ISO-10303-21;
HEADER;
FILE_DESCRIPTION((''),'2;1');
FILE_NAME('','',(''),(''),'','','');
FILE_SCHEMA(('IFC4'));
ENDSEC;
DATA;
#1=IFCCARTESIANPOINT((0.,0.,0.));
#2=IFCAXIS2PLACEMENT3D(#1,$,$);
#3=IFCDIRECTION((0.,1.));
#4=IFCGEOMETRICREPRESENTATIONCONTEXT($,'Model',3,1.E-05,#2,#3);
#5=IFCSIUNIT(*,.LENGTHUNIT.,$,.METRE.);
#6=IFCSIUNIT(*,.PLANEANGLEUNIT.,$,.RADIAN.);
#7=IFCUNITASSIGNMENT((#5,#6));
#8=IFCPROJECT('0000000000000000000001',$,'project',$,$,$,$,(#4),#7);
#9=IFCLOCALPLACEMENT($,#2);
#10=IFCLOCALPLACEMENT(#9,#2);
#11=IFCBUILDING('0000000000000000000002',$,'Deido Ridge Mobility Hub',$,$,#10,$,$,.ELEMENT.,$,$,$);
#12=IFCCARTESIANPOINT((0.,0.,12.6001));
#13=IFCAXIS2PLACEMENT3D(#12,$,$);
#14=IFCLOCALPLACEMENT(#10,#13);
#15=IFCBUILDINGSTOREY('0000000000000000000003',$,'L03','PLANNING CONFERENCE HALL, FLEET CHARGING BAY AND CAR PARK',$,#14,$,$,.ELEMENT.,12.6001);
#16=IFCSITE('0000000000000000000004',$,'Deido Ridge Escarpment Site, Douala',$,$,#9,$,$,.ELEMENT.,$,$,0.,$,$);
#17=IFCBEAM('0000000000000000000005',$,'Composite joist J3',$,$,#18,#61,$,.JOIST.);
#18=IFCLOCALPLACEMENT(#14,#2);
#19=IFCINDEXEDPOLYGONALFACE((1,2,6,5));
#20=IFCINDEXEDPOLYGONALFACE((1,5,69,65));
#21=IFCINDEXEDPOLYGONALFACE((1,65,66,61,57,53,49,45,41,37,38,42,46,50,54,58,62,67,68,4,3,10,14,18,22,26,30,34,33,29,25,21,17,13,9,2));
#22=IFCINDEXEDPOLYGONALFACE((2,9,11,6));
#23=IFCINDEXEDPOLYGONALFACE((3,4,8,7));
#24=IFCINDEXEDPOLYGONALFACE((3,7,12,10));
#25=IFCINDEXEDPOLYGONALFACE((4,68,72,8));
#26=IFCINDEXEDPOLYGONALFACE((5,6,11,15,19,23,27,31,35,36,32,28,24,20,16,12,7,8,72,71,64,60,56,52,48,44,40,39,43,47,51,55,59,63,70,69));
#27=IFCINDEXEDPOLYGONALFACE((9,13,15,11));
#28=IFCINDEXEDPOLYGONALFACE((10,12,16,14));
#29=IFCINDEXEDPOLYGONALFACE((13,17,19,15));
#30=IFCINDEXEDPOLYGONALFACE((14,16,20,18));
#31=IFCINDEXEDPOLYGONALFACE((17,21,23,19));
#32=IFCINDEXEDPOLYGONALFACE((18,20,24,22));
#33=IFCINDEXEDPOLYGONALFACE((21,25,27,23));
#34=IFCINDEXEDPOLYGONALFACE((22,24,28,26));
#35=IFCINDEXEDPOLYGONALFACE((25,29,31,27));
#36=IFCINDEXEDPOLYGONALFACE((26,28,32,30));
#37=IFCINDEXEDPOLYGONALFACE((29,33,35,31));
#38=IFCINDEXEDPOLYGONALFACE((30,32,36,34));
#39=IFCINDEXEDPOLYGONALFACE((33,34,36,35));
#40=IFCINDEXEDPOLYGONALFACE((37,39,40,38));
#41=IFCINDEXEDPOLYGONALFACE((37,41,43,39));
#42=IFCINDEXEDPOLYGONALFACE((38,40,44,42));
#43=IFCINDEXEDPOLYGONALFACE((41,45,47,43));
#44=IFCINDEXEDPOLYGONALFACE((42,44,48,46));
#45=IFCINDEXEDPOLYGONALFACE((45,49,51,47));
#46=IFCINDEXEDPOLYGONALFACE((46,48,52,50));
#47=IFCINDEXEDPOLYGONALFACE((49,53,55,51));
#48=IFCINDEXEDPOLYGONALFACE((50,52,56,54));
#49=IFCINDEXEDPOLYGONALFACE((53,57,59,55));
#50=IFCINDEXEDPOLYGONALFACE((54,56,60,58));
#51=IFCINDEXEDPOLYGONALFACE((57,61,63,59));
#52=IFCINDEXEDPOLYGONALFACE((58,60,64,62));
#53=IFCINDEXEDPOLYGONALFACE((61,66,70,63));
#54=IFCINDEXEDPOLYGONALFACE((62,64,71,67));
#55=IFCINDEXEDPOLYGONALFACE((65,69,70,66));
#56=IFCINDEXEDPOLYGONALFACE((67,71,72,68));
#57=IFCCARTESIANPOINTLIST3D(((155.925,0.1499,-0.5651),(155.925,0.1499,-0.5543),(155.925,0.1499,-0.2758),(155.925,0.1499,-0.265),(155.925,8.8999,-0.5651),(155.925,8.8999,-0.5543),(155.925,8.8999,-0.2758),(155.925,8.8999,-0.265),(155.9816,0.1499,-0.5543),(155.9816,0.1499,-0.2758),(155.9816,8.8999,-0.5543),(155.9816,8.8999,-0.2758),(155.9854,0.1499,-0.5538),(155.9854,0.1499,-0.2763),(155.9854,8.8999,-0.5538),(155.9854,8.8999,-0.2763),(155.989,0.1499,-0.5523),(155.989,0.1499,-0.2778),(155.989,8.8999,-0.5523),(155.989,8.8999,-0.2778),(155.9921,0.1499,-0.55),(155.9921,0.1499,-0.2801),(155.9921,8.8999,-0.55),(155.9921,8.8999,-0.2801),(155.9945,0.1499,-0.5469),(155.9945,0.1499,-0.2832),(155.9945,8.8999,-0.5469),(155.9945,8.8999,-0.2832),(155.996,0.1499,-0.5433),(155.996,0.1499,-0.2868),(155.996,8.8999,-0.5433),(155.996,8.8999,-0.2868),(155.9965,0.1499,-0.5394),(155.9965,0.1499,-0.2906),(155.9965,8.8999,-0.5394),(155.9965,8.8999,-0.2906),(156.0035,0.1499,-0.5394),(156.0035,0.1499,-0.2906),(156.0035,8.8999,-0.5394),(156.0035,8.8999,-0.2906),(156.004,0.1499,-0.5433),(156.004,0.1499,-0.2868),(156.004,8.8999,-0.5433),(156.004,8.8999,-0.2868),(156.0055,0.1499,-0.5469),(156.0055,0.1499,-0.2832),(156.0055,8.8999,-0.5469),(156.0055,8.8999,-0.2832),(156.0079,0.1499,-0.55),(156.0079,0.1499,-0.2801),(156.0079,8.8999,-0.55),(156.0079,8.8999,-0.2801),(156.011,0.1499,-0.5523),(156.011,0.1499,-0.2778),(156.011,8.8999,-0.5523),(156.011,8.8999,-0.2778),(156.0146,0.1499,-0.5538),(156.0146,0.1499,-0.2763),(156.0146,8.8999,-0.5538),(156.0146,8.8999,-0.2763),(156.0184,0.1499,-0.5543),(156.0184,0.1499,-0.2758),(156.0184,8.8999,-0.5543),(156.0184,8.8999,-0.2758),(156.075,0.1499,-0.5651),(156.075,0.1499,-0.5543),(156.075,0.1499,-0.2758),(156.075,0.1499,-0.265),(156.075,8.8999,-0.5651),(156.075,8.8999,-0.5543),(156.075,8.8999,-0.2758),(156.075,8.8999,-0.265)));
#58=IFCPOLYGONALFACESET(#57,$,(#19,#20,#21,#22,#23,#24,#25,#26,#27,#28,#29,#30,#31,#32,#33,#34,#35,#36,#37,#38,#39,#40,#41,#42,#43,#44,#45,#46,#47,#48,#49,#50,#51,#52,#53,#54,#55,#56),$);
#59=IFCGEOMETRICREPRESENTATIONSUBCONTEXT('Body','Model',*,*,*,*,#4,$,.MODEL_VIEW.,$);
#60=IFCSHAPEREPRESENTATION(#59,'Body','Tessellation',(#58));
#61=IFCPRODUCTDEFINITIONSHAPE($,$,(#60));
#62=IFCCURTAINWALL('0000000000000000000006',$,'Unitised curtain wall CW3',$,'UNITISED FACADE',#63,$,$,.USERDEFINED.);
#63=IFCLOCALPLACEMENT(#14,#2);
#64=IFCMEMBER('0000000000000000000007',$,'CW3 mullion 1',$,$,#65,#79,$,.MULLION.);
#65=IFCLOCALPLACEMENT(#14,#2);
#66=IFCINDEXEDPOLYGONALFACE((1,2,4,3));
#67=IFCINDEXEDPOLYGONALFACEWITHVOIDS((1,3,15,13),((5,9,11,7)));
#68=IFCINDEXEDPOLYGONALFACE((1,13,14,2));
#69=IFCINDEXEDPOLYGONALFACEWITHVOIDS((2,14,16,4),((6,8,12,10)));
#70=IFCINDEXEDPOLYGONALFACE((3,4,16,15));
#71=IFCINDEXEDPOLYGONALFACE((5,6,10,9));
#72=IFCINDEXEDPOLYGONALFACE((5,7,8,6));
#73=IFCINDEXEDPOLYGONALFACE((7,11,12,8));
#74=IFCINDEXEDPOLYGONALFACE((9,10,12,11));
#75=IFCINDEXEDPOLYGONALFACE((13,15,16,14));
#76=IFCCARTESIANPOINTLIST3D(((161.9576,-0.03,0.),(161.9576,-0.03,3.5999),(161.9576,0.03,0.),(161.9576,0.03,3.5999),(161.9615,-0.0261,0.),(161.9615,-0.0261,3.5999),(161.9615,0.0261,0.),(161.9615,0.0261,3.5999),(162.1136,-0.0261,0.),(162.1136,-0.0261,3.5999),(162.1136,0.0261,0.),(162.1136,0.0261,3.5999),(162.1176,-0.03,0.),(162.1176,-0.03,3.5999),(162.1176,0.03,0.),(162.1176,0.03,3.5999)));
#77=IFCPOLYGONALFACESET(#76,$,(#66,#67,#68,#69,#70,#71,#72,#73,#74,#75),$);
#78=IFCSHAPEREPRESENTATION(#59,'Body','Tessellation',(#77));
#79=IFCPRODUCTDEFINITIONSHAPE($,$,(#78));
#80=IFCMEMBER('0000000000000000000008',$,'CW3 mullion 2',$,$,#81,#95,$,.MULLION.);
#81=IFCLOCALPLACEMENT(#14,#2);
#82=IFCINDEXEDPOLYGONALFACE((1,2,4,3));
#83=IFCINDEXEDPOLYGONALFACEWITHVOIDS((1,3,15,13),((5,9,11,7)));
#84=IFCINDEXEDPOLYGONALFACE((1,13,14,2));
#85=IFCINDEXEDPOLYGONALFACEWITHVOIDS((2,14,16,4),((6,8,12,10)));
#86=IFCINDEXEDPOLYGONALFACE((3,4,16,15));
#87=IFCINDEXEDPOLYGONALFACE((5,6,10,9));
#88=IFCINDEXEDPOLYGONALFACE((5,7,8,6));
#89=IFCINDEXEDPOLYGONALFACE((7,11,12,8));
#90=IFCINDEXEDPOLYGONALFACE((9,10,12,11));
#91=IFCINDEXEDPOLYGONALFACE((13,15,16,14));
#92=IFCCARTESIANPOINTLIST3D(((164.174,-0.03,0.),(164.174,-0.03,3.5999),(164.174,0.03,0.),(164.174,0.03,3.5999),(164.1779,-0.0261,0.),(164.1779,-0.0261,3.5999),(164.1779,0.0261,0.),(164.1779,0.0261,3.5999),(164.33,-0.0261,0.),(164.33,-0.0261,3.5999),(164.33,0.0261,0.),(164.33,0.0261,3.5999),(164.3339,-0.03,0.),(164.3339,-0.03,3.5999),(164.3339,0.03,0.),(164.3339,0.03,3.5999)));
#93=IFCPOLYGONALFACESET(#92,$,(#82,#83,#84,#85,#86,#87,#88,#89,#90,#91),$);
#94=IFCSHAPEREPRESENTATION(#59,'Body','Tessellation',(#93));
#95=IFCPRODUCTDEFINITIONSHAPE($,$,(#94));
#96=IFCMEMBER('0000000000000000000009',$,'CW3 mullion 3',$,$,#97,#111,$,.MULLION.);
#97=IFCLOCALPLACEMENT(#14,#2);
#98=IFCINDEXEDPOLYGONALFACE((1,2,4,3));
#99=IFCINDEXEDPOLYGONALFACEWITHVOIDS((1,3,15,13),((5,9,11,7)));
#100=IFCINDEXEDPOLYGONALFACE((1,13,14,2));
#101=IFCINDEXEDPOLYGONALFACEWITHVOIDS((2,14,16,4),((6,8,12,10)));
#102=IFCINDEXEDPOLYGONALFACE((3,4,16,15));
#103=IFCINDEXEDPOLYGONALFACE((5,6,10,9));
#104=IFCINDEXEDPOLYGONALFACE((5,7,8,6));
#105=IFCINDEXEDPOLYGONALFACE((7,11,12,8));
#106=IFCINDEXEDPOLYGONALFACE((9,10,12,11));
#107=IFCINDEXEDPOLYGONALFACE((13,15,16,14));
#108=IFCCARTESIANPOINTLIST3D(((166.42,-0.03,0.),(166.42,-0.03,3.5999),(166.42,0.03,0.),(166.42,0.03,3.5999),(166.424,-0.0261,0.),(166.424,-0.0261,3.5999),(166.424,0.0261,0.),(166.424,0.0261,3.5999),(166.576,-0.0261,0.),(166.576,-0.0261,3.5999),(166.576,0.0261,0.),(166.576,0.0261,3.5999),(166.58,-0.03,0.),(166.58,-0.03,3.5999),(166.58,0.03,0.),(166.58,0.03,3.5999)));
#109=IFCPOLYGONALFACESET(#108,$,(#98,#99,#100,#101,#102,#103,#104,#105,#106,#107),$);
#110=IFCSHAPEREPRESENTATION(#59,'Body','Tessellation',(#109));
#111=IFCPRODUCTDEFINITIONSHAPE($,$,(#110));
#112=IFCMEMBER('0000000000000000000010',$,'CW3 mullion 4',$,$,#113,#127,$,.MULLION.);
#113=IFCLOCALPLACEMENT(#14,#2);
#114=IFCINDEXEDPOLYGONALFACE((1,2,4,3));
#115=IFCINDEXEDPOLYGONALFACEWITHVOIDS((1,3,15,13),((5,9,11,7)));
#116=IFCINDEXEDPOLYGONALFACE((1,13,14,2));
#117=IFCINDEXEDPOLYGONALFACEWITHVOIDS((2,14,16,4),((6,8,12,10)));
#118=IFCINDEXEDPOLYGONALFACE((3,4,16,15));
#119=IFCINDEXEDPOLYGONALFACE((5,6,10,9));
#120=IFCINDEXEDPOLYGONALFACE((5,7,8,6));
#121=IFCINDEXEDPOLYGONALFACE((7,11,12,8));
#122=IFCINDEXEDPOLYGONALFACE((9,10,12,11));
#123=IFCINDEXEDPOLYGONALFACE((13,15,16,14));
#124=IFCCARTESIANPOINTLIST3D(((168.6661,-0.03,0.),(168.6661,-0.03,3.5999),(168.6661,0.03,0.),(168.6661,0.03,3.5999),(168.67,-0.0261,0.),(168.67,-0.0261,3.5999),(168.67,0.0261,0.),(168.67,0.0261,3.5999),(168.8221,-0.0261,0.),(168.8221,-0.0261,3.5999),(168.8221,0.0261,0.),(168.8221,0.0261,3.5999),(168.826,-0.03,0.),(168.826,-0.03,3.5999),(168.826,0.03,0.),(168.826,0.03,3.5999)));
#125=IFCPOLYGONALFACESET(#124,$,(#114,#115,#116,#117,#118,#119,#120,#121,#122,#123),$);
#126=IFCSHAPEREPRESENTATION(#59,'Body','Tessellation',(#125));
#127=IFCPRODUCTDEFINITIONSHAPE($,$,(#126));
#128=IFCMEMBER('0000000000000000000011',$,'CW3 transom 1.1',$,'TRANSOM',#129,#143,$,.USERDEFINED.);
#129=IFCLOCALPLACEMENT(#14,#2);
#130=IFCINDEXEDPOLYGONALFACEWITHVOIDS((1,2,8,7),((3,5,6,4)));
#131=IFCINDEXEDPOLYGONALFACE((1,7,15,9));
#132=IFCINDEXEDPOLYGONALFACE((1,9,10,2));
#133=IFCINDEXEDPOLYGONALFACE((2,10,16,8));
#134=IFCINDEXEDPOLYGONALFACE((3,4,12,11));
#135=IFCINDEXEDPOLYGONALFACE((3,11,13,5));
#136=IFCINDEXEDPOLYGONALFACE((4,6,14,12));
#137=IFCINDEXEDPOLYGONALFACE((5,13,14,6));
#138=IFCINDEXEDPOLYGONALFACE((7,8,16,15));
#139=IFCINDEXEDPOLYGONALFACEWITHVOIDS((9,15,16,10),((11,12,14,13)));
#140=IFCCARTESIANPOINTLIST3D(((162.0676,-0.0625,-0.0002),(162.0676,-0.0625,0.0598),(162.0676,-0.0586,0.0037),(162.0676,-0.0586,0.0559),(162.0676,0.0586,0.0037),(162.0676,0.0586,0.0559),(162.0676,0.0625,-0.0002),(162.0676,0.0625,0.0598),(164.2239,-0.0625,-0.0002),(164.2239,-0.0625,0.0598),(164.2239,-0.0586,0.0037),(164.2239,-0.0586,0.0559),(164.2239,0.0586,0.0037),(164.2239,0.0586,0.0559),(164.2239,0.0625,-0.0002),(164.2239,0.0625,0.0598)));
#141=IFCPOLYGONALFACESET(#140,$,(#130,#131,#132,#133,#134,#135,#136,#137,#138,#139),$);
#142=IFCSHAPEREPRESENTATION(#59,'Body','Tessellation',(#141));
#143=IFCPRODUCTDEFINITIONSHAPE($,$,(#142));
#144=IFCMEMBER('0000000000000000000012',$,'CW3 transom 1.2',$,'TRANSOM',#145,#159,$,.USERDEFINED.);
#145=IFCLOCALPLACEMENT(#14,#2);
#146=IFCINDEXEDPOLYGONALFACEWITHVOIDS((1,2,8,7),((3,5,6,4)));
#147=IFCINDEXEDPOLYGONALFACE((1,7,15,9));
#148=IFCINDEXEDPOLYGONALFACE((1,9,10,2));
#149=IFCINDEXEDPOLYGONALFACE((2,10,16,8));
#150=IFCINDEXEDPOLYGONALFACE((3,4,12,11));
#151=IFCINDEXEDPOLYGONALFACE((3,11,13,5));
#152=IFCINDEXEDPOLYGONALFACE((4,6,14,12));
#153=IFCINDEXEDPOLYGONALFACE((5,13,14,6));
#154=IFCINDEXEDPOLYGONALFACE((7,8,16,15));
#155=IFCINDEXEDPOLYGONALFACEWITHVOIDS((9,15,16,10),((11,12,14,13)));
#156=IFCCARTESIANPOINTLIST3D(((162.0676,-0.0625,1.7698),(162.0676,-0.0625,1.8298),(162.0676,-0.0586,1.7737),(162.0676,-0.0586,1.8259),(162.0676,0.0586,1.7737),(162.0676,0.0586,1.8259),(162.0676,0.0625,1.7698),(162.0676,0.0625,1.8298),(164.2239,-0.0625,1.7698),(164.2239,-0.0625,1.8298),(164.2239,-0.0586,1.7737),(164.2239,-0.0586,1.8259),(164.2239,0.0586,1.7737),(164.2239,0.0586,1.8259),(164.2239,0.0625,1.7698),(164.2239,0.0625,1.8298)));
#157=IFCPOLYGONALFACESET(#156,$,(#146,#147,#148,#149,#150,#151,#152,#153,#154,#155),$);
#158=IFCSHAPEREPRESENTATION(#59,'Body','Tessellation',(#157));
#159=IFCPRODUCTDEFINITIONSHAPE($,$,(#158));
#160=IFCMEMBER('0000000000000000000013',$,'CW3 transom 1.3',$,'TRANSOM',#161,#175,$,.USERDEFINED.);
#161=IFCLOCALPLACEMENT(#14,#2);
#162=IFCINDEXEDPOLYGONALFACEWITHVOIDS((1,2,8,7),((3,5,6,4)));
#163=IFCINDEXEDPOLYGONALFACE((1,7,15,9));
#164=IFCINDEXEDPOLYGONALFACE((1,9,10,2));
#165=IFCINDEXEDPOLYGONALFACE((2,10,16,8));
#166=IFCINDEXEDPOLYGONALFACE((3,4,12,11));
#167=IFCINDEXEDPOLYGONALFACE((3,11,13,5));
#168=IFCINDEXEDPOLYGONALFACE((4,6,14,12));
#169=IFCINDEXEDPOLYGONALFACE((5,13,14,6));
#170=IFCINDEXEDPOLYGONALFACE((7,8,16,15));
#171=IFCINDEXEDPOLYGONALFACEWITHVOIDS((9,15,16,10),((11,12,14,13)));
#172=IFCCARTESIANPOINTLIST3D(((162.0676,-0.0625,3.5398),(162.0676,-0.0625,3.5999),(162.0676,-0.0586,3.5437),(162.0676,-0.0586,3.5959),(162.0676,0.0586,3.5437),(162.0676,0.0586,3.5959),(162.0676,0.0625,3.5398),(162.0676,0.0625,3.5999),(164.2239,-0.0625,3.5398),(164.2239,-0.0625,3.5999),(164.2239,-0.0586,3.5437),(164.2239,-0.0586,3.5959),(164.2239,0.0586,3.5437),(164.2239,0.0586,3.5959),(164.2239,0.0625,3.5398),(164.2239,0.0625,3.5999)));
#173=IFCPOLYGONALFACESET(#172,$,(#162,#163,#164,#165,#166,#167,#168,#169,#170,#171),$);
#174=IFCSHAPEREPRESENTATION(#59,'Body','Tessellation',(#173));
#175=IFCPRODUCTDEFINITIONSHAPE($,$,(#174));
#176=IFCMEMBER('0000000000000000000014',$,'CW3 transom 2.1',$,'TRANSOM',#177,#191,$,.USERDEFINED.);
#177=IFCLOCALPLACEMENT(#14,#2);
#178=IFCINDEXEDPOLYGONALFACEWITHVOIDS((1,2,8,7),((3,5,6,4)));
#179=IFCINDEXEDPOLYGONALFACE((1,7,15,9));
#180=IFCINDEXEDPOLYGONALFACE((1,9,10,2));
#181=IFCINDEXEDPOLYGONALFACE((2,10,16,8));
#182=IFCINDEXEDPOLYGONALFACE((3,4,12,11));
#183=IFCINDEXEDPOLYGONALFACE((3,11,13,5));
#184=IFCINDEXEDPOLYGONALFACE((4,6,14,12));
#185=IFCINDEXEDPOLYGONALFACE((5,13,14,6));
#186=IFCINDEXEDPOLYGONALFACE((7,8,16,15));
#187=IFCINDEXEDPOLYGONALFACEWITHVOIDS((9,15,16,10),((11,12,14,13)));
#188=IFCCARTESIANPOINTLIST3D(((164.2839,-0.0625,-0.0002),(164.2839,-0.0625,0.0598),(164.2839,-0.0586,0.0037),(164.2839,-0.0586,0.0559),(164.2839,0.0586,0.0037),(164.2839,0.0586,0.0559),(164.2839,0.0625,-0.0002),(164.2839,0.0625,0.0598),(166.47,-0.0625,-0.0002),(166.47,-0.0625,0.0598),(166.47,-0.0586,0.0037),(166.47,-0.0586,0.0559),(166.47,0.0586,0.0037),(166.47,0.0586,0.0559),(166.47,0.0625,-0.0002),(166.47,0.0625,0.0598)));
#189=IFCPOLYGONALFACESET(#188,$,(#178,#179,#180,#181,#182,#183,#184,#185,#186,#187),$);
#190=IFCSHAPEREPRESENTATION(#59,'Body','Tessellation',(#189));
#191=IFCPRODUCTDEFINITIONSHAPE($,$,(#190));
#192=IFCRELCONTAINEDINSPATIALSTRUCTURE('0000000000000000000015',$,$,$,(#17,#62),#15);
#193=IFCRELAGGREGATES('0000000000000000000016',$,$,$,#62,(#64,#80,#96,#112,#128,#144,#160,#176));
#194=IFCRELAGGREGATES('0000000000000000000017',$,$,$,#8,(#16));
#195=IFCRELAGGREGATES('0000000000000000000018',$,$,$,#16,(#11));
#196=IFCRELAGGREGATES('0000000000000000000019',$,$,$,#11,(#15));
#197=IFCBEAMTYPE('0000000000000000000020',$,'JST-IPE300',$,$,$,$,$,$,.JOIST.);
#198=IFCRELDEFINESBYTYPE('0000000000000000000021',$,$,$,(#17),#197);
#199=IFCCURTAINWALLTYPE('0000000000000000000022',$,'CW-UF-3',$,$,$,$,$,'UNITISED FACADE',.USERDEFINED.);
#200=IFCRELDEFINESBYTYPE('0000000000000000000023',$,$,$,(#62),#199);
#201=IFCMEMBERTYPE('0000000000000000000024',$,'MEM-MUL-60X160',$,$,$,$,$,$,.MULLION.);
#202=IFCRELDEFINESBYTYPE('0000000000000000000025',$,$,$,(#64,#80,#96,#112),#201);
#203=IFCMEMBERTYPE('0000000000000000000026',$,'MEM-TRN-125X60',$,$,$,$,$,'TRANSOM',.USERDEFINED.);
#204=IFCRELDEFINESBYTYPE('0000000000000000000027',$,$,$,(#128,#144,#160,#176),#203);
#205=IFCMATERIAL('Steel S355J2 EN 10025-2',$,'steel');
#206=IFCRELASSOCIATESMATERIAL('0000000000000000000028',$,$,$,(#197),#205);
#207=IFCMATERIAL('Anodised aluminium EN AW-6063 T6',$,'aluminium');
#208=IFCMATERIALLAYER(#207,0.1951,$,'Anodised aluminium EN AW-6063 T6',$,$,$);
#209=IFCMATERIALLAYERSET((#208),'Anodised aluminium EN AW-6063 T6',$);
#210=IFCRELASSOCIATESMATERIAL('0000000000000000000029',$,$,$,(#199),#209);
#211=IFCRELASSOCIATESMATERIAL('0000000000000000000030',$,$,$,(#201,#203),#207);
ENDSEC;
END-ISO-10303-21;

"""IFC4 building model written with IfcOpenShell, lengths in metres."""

from ifc_helpers import new_model, si_unit, direction, frame, origin, origin_2d, place, context, subcontext, project, spatial, hollow_rectangle, i_section, extrude, material, layer, layer_set, material_profile, profile_set, type_object, element, aggregate, save


model = new_model("IFC4")

# Units and contexts
model_context = context("Model", 3, precision=1e-05, world=origin(), true_north=direction((0.0, 1.0)))
body_context = subcontext(model_context, "Body", "Model", "MODEL_VIEW")
ifc_project = project(units=[si_unit("LENGTHUNIT", "METRE"), si_unit("PLANEANGLEUNIT", "RADIAN")], contexts=[model_context])

# Site, building, storey
site_placement = place(None, origin())
site = spatial("IfcSite", under=ifc_project, at=site_placement, Name="Deido Ridge Escarpment Site, Douala", CompositionType="ELEMENT", RefElevation=0.0)
building_placement = place(site_placement, origin())
building = spatial("IfcBuilding", under=site, at=building_placement, Name="Deido Ridge Mobility Hub", CompositionType="ELEMENT")
storey_placement = place(building_placement, frame((0.0, 0.0, 12.6001)))
storey = spatial("IfcBuildingStorey", under=building, at=storey_placement, Name="L03", Description="PLANNING CONFERENCE HALL, FLEET CHARGING BAY AND CAR PARK", CompositionType="ELEMENT", Elevation=12.6001)

# Shared definitions
ifc_material_1 = material(Name="Steel S355J2 EN 10025-2", Category="steel")

# Beam
ifc_material_profile_1 = material_profile(ifc_material_1, i_section(OverallWidth=0.1499, OverallDepth=0.3, WebThickness=0.0071, FlangeThickness=0.0107, FilletRadius=0.0149, at=origin_2d()), Name="IPE 300")
ifc_profile_set_1 = profile_set([ifc_material_profile_1], Name="Steel S355J2 EN 10025-2")
beam_type_1 = type_object("IfcBeamType", Name="JST-IPE300", PredefinedType="JOIST", material=ifc_profile_set_1)
beam_1_placement = place(storey_placement, frame((156.0, 0.1499, -0.415), z_axis=(0.0, 1.0, 0.0), x_axis=(-1.0, 0.0, 0.0)))
element("IfcBeam", 1, at=beam_1_placement, inside=storey, type_object=beam_type_1, Name="Composite joist J3", PredefinedType="JOIST", context=body_context, shape_type="SweptSolid", body=[
    extrude(i_section(OverallWidth=0.1499, OverallDepth=0.3, WebThickness=0.0071, FlangeThickness=0.0107, FilletRadius=0.0149, at=origin_2d()), origin(), (0.0, 0.0, 1.0), 8.75),
])

# Curtain wall, members
ifc_material_2 = material(Name="Anodised aluminium EN AW-6063 T6", Category="aluminium")
ifc_layer_1 = layer(ifc_material_2, 0.1951, Name="Anodised aluminium EN AW-6063 T6")
ifc_layer_set_1 = layer_set([ifc_layer_1], Name="Anodised aluminium EN AW-6063 T6")
curtain_wall_type = type_object("IfcCurtainWallType", Name="CW-UF-3", ElementType="UNITISED FACADE", PredefinedType="USERDEFINED", material=ifc_layer_set_1)
curtain_wall_placement = place(storey_placement, origin())
curtain_wall = element("IfcCurtainWall", 2, at=curtain_wall_placement, inside=storey, type_object=curtain_wall_type, Name="Unitised curtain wall CW3", ObjectType="UNITISED FACADE", PredefinedType="USERDEFINED")
ifc_material_profile_2 = material_profile(ifc_material_2, hollow_rectangle(XDim=0.0601, YDim=0.1599, WallThickness=0.0039, at=origin_2d()), Name="RHS 60x160x4")
ifc_profile_set_2 = profile_set([ifc_material_profile_2], Name="Anodised aluminium EN AW-6063 T6")
member_type_1 = type_object("IfcMemberType", Name="MEM-MUL-60X160", PredefinedType="MULLION", material=ifc_profile_set_2)
member_1_placement = place(storey_placement, frame((162.0376, 0.0, 0.0), z_axis=(0.0, 0.0, 1.0), x_axis=(0.0, 1.0, 0.0)))
member_1 = element("IfcMember", 3, at=member_1_placement, type_object=member_type_1, Name="CW3 mullion 1", PredefinedType="MULLION", context=body_context, shape_type="SweptSolid", body=[
    extrude(hollow_rectangle(XDim=0.0601, YDim=0.1599, WallThickness=0.0039, at=origin_2d()), origin(), (0.0, 0.0, 1.0), 3.5999),
])
member_2_placement = place(storey_placement, frame((164.2539, 0.0, 0.0), z_axis=(0.0, 0.0, 1.0), x_axis=(0.0, 1.0, 0.0)))
member_2 = element("IfcMember", 4, at=member_2_placement, type_object=member_type_1, Name="CW3 mullion 2", PredefinedType="MULLION", context=body_context, shape_type="SweptSolid", body=[
    extrude(hollow_rectangle(XDim=0.0601, YDim=0.1599, WallThickness=0.0039, at=origin_2d()), origin(), (0.0, 0.0, 1.0), 3.5999),
])
member_3_placement = place(storey_placement, frame((166.5, 0.0, 0.0), z_axis=(0.0, 0.0, 1.0), x_axis=(0.0, 1.0, 0.0)))
member_3 = element("IfcMember", 5, at=member_3_placement, type_object=member_type_1, Name="CW3 mullion 3", PredefinedType="MULLION", context=body_context, shape_type="SweptSolid", body=[
    extrude(hollow_rectangle(XDim=0.0601, YDim=0.1599, WallThickness=0.0039, at=origin_2d()), origin(), (0.0, 0.0, 1.0), 3.5999),
])
member_4_placement = place(storey_placement, frame((168.7461, 0.0, 0.0), z_axis=(0.0, 0.0, 1.0), x_axis=(0.0, 1.0, 0.0)))
member_4 = element("IfcMember", 6, at=member_4_placement, type_object=member_type_1, Name="CW3 mullion 4", PredefinedType="MULLION", context=body_context, shape_type="SweptSolid", body=[
    extrude(hollow_rectangle(XDim=0.0601, YDim=0.1599, WallThickness=0.0039, at=origin_2d()), origin(), (0.0, 0.0, 1.0), 3.5999),
])
ifc_material_profile_3 = material_profile(ifc_material_2, hollow_rectangle(XDim=0.125, YDim=0.0601, WallThickness=0.0039, at=origin_2d()), Name="RHS 125x60x4")
ifc_profile_set_3 = profile_set([ifc_material_profile_3], Name="Anodised aluminium EN AW-6063 T6")
member_type_2 = type_object("IfcMemberType", Name="MEM-TRN-125X60", ElementType="TRANSOM", PredefinedType="USERDEFINED", material=ifc_profile_set_3)
member_5_placement = place(storey_placement, frame((162.0676, 0.0, 0.0298), z_axis=(1.0, 0.0, 0.0), x_axis=(0.0, 1.0, 0.0)))
member_5 = element("IfcMember", 7, at=member_5_placement, type_object=member_type_2, Name="CW3 transom 1.1", ObjectType="TRANSOM", PredefinedType="USERDEFINED", context=body_context, shape_type="SweptSolid", body=[
    extrude(hollow_rectangle(XDim=0.125, YDim=0.0601, WallThickness=0.0039, at=origin_2d()), origin(), (0.0, 0.0, 1.0), 2.1562),
])
member_6_placement = place(storey_placement, frame((162.0676, 0.0, 1.7998), z_axis=(1.0, 0.0, 0.0), x_axis=(0.0, 1.0, 0.0)))
member_6 = element("IfcMember", 8, at=member_6_placement, type_object=member_type_2, Name="CW3 transom 1.2", ObjectType="TRANSOM", PredefinedType="USERDEFINED", context=body_context, shape_type="SweptSolid", body=[
    extrude(hollow_rectangle(XDim=0.125, YDim=0.0601, WallThickness=0.0039, at=origin_2d()), origin(), (0.0, 0.0, 1.0), 2.1562),
])
member_7_placement = place(storey_placement, frame((162.0676, 0.0, 3.5698), z_axis=(1.0, 0.0, 0.0), x_axis=(0.0, 1.0, 0.0)))
member_7 = element("IfcMember", 9, at=member_7_placement, type_object=member_type_2, Name="CW3 transom 1.3", ObjectType="TRANSOM", PredefinedType="USERDEFINED", context=body_context, shape_type="SweptSolid", body=[
    extrude(hollow_rectangle(XDim=0.125, YDim=0.0601, WallThickness=0.0039, at=origin_2d()), origin(), (0.0, 0.0, 1.0), 2.1562),
])
member_8_placement = place(storey_placement, frame((164.2839, 0.0, 0.0298), z_axis=(1.0, 0.0, 0.0), x_axis=(0.0, 1.0, 0.0)))
member_8 = element("IfcMember", 10, at=member_8_placement, type_object=member_type_2, Name="CW3 transom 2.1", ObjectType="TRANSOM", PredefinedType="USERDEFINED", context=body_context, shape_type="SweptSolid", body=[
    extrude(hollow_rectangle(XDim=0.125, YDim=0.0601, WallThickness=0.0039, at=origin_2d()), origin(), (0.0, 0.0, 1.0), 2.186),
])

aggregate(curtain_wall, [member_1, member_2, member_3, member_4, member_5, member_6, member_7, member_8])

save(model, "model.ifc")
